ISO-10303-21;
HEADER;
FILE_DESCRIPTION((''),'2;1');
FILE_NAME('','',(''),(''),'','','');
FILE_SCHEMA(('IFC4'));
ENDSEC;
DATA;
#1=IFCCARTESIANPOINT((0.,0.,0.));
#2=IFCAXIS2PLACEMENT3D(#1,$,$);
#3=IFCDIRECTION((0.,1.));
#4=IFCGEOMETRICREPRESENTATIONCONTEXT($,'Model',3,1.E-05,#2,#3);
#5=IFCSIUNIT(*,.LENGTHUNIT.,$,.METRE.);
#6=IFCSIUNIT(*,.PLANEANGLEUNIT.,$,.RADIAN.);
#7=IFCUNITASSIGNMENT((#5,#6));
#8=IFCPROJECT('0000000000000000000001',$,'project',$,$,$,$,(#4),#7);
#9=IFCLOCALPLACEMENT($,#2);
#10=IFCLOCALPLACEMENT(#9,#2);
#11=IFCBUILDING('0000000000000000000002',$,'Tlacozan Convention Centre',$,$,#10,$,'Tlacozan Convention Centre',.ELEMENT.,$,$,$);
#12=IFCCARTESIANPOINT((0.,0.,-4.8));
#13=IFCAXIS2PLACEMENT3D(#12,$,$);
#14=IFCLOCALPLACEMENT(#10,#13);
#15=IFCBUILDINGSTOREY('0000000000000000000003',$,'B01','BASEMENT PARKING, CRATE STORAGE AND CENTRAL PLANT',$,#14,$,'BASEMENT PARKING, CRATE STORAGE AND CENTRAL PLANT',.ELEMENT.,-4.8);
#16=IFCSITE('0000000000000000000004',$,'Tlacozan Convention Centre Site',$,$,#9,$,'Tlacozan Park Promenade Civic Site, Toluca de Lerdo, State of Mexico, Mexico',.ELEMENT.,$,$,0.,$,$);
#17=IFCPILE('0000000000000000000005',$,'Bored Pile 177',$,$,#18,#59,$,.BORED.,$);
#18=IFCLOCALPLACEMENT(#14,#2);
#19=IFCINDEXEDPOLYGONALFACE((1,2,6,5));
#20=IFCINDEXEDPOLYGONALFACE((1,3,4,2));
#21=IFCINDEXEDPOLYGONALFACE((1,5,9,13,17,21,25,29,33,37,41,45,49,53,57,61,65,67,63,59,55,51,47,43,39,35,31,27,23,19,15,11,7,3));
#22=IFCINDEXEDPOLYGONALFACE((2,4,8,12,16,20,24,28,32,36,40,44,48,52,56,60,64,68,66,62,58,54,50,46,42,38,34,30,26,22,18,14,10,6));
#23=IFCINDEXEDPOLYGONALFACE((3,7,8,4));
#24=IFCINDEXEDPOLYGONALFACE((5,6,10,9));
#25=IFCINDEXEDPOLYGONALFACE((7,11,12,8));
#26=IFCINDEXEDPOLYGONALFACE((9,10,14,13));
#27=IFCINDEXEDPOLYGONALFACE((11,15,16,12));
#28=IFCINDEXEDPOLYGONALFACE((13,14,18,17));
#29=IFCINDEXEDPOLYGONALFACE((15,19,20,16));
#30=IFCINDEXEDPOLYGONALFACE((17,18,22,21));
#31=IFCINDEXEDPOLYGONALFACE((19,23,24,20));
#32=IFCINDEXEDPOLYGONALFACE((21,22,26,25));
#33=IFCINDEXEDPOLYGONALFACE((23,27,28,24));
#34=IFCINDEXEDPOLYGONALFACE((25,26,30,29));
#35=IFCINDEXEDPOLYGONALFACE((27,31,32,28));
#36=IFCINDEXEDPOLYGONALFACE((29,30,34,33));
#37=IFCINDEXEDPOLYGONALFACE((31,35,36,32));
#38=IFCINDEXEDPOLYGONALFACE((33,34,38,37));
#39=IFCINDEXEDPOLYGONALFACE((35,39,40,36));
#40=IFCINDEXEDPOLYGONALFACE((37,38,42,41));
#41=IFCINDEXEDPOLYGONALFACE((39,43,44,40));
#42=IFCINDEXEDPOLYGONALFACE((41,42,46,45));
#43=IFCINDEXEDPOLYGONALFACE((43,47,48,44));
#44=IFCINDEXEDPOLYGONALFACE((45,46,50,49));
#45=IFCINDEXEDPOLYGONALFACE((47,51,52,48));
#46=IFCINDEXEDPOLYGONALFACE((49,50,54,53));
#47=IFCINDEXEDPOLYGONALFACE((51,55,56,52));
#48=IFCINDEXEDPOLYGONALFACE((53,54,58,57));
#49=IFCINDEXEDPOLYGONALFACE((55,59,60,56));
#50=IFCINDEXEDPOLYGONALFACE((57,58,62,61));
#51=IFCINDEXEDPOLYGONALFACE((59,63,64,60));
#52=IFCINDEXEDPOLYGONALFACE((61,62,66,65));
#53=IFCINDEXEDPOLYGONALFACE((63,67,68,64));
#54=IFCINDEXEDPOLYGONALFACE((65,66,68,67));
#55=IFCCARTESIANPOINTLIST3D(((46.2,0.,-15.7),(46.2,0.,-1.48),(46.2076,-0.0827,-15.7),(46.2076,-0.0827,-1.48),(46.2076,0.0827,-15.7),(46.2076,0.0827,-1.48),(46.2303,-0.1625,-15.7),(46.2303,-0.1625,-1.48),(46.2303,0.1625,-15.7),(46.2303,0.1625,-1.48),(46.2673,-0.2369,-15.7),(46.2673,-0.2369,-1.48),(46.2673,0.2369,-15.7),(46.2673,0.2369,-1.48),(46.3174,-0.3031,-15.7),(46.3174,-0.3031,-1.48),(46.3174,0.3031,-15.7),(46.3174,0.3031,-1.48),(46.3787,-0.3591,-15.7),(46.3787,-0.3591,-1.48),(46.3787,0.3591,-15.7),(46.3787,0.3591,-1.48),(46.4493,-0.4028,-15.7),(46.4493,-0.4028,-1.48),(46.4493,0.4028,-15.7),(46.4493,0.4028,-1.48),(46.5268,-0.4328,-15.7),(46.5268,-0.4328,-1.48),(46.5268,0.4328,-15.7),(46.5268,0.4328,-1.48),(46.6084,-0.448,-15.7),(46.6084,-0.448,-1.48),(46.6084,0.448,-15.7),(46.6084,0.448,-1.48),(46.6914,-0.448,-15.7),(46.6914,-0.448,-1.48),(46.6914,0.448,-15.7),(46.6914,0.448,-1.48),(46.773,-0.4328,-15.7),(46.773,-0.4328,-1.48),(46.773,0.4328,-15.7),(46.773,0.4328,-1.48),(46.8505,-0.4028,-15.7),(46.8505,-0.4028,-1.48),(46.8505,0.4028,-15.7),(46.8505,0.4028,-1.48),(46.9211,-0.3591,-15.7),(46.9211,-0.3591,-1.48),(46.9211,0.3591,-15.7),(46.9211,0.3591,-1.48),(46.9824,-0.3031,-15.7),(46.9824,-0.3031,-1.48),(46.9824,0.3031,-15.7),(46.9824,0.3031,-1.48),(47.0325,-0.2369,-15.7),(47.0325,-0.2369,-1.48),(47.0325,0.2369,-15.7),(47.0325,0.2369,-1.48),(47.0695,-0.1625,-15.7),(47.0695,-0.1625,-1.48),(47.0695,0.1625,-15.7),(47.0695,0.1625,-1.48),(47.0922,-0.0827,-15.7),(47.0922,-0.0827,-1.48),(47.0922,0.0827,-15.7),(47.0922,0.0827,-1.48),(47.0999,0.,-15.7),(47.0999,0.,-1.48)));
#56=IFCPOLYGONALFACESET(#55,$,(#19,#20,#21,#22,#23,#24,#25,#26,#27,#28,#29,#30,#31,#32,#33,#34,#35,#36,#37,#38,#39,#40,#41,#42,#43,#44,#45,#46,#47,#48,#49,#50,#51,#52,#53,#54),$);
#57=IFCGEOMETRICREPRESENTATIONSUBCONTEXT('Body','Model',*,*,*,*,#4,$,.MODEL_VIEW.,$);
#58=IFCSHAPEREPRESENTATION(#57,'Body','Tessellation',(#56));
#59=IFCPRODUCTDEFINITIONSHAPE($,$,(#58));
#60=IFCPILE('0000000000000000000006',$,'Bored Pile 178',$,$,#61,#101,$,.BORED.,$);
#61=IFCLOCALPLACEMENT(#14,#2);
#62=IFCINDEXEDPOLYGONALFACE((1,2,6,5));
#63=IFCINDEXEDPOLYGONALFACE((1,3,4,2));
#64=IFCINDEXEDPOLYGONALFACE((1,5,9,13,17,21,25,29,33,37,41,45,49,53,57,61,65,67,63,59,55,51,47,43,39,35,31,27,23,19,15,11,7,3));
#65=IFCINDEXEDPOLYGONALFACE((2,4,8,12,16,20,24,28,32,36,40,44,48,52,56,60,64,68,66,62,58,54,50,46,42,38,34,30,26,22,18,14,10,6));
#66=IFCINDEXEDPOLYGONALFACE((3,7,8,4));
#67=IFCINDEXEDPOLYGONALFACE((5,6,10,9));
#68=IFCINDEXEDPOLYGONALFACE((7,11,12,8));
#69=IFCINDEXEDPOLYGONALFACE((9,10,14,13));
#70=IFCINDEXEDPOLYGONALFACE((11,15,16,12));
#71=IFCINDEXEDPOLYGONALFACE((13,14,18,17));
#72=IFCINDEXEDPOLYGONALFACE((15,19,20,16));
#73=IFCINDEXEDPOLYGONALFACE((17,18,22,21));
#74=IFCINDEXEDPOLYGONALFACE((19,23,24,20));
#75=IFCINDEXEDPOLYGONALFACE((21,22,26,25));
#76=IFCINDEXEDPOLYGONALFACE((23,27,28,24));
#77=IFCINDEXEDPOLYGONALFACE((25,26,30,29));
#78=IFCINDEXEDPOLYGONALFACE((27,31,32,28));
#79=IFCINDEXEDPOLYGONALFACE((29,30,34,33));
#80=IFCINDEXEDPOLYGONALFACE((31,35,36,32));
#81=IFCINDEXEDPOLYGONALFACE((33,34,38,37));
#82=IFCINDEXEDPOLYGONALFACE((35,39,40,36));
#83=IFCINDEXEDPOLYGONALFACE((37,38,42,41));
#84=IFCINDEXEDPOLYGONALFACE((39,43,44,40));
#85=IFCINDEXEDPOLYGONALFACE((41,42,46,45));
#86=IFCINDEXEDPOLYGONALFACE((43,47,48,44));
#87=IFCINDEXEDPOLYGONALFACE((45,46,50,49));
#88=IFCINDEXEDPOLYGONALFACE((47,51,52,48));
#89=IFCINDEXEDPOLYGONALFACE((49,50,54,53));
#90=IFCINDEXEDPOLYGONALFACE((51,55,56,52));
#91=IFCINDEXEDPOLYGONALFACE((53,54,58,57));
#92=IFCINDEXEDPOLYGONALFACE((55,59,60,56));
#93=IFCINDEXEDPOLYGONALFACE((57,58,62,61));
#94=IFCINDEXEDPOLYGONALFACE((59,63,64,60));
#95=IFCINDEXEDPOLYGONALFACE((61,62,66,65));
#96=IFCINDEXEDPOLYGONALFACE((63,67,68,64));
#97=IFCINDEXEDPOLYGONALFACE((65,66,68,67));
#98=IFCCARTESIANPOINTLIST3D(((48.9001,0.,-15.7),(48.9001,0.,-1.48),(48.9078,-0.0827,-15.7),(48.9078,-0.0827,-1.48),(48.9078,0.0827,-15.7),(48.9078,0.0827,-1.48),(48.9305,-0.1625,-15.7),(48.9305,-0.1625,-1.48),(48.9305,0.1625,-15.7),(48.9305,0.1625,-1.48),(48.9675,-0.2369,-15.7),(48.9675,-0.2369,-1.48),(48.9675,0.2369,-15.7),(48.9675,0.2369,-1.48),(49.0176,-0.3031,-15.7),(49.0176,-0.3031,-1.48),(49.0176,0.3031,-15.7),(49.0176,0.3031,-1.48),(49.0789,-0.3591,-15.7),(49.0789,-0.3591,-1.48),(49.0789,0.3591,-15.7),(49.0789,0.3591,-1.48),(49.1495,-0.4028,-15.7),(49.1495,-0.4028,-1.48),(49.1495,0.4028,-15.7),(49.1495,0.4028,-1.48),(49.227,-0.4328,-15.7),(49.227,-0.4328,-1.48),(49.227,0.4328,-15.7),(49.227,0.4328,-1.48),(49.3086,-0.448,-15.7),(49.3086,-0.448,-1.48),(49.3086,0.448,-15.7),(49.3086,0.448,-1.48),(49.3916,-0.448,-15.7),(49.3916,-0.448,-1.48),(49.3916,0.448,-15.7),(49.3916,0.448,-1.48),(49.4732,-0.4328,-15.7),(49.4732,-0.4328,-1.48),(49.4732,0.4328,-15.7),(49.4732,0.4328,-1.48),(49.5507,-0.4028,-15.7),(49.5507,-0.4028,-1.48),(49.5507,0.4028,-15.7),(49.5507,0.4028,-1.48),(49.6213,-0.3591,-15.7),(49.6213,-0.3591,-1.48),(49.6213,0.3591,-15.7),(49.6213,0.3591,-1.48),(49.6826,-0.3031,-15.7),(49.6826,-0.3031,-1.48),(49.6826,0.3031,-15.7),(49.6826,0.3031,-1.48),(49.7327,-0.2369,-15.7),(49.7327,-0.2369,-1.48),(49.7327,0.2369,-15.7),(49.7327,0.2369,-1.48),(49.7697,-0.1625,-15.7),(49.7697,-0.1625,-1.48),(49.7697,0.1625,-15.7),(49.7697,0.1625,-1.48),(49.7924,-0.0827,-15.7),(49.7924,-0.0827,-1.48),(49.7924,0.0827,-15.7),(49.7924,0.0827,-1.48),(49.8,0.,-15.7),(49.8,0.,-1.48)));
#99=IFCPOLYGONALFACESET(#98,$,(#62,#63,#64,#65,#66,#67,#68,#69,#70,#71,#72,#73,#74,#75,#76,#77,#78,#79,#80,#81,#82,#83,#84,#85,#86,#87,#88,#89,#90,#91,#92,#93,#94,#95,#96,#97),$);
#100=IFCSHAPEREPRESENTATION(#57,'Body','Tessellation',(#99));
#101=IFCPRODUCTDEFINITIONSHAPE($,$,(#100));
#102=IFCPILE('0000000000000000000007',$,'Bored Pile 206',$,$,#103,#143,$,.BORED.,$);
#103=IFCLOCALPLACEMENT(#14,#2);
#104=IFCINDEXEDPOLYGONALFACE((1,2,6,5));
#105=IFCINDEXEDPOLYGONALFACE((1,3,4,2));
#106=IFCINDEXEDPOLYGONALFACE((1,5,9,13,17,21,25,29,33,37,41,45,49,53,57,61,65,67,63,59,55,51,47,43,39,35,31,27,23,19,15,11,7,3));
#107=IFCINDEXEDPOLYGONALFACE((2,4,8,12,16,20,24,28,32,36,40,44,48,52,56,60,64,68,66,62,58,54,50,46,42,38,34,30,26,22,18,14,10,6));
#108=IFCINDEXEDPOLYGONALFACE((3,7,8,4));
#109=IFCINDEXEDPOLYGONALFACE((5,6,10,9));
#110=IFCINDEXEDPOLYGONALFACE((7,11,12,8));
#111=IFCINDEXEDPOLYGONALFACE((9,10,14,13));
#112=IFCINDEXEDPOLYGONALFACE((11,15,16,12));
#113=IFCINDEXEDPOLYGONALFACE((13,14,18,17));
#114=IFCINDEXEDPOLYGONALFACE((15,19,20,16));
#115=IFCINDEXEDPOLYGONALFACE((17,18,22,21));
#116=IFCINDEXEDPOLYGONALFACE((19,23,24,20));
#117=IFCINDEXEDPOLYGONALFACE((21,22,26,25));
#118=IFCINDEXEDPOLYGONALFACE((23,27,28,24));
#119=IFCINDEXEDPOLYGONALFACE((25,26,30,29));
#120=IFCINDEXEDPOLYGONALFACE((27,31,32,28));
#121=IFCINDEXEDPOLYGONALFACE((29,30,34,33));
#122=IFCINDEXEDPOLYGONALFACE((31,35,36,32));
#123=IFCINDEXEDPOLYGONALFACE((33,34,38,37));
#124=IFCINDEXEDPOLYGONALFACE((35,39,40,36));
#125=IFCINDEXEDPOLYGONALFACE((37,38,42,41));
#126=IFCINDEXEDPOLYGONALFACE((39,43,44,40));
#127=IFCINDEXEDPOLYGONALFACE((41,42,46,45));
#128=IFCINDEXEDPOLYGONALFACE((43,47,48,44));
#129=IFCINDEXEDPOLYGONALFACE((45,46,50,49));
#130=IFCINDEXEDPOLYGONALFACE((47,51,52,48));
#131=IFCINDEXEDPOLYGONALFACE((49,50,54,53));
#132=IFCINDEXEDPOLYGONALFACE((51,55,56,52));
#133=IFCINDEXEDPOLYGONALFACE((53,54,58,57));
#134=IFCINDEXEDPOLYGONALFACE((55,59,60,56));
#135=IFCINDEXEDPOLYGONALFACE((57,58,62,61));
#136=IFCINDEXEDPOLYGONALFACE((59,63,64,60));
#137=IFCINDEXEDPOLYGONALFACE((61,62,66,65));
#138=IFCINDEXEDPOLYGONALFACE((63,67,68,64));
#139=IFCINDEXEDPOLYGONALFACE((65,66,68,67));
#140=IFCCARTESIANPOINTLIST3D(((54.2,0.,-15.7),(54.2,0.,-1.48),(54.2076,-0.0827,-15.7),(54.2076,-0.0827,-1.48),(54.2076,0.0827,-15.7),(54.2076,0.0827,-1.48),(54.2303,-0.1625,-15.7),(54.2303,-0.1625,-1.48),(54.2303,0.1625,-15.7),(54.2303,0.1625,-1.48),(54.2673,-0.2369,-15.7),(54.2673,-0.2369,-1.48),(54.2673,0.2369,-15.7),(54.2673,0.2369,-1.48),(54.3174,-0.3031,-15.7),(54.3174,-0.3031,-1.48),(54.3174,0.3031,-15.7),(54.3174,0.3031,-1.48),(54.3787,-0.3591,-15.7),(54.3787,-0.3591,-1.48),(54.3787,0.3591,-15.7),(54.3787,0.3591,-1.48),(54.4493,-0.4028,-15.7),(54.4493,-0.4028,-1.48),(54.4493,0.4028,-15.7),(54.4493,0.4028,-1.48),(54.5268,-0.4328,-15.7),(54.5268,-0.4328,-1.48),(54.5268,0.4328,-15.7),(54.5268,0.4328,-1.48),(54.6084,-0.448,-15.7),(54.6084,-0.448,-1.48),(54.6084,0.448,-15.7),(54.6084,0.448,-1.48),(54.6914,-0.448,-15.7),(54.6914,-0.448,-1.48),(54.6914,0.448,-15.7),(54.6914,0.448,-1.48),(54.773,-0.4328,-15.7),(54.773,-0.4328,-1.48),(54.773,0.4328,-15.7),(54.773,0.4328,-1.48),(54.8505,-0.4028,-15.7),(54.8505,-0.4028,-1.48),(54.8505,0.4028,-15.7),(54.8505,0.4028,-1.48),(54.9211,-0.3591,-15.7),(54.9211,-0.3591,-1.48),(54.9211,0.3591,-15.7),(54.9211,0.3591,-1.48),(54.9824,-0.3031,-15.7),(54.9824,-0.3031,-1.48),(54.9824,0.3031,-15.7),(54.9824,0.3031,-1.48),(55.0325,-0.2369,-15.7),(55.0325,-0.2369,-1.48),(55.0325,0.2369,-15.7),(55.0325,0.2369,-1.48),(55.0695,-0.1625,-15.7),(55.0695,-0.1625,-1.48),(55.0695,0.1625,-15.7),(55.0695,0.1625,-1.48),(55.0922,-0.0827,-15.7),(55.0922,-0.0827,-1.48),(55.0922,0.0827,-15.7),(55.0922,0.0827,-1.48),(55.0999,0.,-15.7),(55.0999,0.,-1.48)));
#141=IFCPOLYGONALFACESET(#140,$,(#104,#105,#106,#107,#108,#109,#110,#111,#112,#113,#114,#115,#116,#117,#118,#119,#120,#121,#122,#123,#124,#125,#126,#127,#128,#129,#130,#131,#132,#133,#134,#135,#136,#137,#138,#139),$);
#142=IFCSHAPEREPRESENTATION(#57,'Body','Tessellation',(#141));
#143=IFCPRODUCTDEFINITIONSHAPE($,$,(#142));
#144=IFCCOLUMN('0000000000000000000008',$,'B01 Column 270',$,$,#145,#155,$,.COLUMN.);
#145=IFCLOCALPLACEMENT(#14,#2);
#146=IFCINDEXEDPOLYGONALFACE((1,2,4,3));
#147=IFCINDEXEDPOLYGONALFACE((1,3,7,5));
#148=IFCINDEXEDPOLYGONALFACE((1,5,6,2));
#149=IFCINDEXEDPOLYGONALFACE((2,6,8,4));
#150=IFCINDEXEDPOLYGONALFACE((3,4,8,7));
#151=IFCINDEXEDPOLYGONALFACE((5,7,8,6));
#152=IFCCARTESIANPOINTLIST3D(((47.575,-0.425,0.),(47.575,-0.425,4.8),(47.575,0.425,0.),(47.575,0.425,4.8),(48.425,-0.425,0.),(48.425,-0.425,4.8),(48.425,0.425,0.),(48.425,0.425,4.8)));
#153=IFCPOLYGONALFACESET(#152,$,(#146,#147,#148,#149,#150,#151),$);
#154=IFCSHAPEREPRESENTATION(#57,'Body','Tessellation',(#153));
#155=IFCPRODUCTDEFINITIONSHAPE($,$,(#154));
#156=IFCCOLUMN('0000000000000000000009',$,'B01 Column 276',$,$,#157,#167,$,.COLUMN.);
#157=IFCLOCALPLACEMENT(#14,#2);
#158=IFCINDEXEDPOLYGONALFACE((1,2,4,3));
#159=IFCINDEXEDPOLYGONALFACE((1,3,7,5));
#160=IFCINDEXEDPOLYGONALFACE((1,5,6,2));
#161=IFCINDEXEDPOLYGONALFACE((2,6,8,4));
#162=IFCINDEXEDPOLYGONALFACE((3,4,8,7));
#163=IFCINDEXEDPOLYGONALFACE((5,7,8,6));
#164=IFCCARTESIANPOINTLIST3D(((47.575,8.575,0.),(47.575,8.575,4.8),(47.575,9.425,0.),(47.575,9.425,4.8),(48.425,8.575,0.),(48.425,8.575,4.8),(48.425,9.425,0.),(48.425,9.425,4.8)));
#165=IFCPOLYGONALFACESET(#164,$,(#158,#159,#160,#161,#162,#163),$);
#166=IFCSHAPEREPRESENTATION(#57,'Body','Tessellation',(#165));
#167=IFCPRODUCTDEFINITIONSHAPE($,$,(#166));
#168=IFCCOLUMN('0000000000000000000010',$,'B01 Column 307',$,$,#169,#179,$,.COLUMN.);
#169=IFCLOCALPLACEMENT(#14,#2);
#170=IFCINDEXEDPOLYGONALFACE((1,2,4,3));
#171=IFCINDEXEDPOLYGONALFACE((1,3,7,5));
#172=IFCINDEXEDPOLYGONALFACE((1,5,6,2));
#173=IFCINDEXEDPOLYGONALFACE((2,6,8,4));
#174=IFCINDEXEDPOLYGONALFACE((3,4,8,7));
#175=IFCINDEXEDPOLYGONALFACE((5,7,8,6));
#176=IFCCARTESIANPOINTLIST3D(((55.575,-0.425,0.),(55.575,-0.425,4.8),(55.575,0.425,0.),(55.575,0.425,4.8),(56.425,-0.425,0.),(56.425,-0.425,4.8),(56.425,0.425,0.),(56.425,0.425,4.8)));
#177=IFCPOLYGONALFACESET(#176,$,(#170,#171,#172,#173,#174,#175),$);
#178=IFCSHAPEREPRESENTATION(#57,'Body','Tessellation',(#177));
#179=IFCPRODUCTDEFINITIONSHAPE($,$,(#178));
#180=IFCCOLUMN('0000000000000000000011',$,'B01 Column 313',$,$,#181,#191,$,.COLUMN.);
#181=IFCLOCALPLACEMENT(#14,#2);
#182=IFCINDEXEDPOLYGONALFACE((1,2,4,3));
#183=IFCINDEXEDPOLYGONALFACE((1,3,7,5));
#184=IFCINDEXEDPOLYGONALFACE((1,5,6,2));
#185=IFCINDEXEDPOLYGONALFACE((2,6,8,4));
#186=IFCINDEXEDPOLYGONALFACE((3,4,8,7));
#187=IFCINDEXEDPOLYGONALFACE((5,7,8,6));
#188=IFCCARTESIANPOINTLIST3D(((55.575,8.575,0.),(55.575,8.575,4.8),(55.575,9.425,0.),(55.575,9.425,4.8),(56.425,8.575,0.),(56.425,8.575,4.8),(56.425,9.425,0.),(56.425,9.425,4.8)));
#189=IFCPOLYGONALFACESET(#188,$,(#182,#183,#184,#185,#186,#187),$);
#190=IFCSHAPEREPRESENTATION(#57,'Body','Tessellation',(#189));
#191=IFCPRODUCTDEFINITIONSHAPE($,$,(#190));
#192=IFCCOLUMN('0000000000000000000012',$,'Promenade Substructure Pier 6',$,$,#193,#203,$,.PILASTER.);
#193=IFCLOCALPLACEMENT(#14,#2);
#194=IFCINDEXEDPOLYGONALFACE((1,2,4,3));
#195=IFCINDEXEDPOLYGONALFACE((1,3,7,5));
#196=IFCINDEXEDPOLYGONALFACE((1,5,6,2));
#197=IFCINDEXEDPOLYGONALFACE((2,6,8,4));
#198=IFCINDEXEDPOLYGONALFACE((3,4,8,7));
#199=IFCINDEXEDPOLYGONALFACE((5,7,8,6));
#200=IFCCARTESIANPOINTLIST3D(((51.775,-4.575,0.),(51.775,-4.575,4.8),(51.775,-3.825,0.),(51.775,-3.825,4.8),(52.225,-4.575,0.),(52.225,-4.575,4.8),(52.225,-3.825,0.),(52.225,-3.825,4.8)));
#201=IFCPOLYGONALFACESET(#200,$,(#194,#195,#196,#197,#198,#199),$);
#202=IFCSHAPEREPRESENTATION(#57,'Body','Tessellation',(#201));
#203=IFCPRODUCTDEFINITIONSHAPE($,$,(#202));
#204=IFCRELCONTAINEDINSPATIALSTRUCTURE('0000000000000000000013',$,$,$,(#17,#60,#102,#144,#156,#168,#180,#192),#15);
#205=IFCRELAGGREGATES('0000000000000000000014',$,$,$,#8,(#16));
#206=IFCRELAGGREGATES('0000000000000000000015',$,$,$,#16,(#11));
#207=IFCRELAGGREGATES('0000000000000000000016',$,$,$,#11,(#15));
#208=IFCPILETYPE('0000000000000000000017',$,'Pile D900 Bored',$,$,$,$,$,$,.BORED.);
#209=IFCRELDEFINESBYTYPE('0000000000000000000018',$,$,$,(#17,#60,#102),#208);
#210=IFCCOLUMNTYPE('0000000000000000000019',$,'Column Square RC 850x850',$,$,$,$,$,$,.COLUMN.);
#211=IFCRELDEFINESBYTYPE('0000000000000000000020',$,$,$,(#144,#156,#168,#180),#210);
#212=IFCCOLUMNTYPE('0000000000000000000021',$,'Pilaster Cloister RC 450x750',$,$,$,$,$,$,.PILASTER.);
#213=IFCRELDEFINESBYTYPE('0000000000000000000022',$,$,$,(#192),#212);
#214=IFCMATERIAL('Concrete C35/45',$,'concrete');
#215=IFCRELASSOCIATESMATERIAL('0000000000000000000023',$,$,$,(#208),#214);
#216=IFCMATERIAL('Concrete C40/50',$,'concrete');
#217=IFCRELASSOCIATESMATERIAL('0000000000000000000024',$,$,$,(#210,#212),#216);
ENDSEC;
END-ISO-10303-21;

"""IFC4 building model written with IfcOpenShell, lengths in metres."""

from ifc_helpers import new_model, si_unit, direction, frame, origin, origin_2d, place, context, subcontext, project, spatial, rectangle, circle, extrude, material, material_profile, profile_set, type_object, element, save


model = new_model("IFC4")

# Units and contexts
model_context = context("Model", 3, precision=1e-05, world=origin(), true_north=direction((0.0, 1.0)))
body_context = subcontext(model_context, "Body", "Model", "MODEL_VIEW")
ifc_project = project(units=[si_unit("LENGTHUNIT", "METRE"), si_unit("PLANEANGLEUNIT", "RADIAN")], contexts=[model_context])

# Site, building, storey
site_placement = place(None, origin())
site = spatial("IfcSite", under=ifc_project, at=site_placement, Name="Tlacozan Convention Centre Site", LongName="Tlacozan Park Promenade Civic Site, Toluca de Lerdo, State of Mexico, Mexico", CompositionType="ELEMENT", RefElevation=0.0)
building_placement = place(site_placement, origin())
building = spatial("IfcBuilding", under=site, at=building_placement, Name="Tlacozan Convention Centre", LongName="Tlacozan Convention Centre", CompositionType="ELEMENT")
storey_placement = place(building_placement, frame((0.0, 0.0, -4.8)))
storey = spatial("IfcBuildingStorey", under=building, at=storey_placement, Name="B01", Description="BASEMENT PARKING, CRATE STORAGE AND CENTRAL PLANT", LongName="BASEMENT PARKING, CRATE STORAGE AND CENTRAL PLANT", CompositionType="ELEMENT", Elevation=-4.8)

# Shared definitions
ifc_material_1 = material(Name="Concrete C35/45", Category="concrete")

# Piles
ifc_material_profile_1 = material_profile(ifc_material_1, circle(Radius=0.45, at=origin_2d()), Name="PILE D900")
ifc_profile_set_1 = profile_set([ifc_material_profile_1], Name="Concrete C35/45")
pile_type_1 = type_object("IfcPileType", Name="Pile D900 Bored", PredefinedType="BORED", material=ifc_profile_set_1)
for number, where, z_axis, x_axis, name in (
    (1, (46.6499, 0.0, -1.48), (0.0, 0.0, -1.0), (1.0, 0.0, 0.0), "Bored Pile 177"),
    (2, (49.3501, 0.0, -1.48), (0.0, 0.0, -1.0), (1.0, 0.0, 0.0), "Bored Pile 178"),
    (3, (54.6499, 0.0, -1.48), (0.0, 0.0, -1.0), (1.0, 0.0, 0.0), "Bored Pile 206"),
):
    element("IfcPile", number, at=place(storey_placement, frame(where, z_axis=z_axis, x_axis=x_axis)), inside=storey, type_object=pile_type_1, Name=name, PredefinedType="BORED", context=body_context, shape_type="SweptSolid", body=[
        extrude(circle(Radius=0.45, at=origin_2d()), origin(), (0.0, 0.0, 1.0), 14.22),
    ])

# Columns
ifc_material_2 = material(Name="Concrete C40/50", Category="concrete")
ifc_material_profile_2 = material_profile(ifc_material_2, rectangle(XDim=0.8501, YDim=0.8501, at=origin_2d()), Name="RC 850x850")
ifc_profile_set_2 = profile_set([ifc_material_profile_2], Name="Concrete C40/50")
column_type_1 = type_object("IfcColumnType", Name="Column Square RC 850x850", PredefinedType="COLUMN", material=ifc_profile_set_2)
for number, where, z_axis, x_axis, name in (
    (4, (48.0, 0.0, 0.0), (0.0, 0.0, 1.0), (1.0, 0.0, 0.0), "B01 Column 270"),
    (5, (48.0, 9.0, 0.0), (0.0, 0.0, 1.0), (1.0, 0.0, 0.0), "B01 Column 276"),
    (6, (56.0, 0.0, 0.0), (0.0, 0.0, 1.0), (1.0, 0.0, 0.0), "B01 Column 307"),
    (7, (56.0, 9.0, 0.0), (0.0, 0.0, 1.0), (1.0, 0.0, 0.0), "B01 Column 313"),
):
    element("IfcColumn", number, at=place(storey_placement, frame(where, z_axis=z_axis, x_axis=x_axis)), inside=storey, type_object=column_type_1, Name=name, PredefinedType="COLUMN", context=body_context, shape_type="SweptSolid", body=[
        extrude(rectangle(XDim=0.8501, YDim=0.8501, at=origin_2d()), origin(), (0.0, 0.0, 1.0), 4.8),
    ])
ifc_material_profile_3 = material_profile(ifc_material_2, rectangle(XDim=0.45, YDim=0.75, at=origin_2d()), Name="RC 450x750")
ifc_profile_set_3 = profile_set([ifc_material_profile_3], Name="Concrete C40/50")
column_type_2 = type_object("IfcColumnType", Name="Pilaster Cloister RC 450x750", PredefinedType="PILASTER", material=ifc_profile_set_3)
column_placement = place(storey_placement, frame((52.0, -4.2, 0.0), z_axis=(0.0, 0.0, 1.0), x_axis=(1.0, 0.0, 0.0)))
element("IfcColumn", 8, at=column_placement, inside=storey, type_object=column_type_2, Name="Promenade Substructure Pier 6", PredefinedType="PILASTER", context=body_context, shape_type="SweptSolid", body=[
    extrude(rectangle(XDim=0.45, YDim=0.75, at=origin_2d()), origin(), (0.0, 0.0, 1.0), 4.8),
])

save(model, "model.ifc")
